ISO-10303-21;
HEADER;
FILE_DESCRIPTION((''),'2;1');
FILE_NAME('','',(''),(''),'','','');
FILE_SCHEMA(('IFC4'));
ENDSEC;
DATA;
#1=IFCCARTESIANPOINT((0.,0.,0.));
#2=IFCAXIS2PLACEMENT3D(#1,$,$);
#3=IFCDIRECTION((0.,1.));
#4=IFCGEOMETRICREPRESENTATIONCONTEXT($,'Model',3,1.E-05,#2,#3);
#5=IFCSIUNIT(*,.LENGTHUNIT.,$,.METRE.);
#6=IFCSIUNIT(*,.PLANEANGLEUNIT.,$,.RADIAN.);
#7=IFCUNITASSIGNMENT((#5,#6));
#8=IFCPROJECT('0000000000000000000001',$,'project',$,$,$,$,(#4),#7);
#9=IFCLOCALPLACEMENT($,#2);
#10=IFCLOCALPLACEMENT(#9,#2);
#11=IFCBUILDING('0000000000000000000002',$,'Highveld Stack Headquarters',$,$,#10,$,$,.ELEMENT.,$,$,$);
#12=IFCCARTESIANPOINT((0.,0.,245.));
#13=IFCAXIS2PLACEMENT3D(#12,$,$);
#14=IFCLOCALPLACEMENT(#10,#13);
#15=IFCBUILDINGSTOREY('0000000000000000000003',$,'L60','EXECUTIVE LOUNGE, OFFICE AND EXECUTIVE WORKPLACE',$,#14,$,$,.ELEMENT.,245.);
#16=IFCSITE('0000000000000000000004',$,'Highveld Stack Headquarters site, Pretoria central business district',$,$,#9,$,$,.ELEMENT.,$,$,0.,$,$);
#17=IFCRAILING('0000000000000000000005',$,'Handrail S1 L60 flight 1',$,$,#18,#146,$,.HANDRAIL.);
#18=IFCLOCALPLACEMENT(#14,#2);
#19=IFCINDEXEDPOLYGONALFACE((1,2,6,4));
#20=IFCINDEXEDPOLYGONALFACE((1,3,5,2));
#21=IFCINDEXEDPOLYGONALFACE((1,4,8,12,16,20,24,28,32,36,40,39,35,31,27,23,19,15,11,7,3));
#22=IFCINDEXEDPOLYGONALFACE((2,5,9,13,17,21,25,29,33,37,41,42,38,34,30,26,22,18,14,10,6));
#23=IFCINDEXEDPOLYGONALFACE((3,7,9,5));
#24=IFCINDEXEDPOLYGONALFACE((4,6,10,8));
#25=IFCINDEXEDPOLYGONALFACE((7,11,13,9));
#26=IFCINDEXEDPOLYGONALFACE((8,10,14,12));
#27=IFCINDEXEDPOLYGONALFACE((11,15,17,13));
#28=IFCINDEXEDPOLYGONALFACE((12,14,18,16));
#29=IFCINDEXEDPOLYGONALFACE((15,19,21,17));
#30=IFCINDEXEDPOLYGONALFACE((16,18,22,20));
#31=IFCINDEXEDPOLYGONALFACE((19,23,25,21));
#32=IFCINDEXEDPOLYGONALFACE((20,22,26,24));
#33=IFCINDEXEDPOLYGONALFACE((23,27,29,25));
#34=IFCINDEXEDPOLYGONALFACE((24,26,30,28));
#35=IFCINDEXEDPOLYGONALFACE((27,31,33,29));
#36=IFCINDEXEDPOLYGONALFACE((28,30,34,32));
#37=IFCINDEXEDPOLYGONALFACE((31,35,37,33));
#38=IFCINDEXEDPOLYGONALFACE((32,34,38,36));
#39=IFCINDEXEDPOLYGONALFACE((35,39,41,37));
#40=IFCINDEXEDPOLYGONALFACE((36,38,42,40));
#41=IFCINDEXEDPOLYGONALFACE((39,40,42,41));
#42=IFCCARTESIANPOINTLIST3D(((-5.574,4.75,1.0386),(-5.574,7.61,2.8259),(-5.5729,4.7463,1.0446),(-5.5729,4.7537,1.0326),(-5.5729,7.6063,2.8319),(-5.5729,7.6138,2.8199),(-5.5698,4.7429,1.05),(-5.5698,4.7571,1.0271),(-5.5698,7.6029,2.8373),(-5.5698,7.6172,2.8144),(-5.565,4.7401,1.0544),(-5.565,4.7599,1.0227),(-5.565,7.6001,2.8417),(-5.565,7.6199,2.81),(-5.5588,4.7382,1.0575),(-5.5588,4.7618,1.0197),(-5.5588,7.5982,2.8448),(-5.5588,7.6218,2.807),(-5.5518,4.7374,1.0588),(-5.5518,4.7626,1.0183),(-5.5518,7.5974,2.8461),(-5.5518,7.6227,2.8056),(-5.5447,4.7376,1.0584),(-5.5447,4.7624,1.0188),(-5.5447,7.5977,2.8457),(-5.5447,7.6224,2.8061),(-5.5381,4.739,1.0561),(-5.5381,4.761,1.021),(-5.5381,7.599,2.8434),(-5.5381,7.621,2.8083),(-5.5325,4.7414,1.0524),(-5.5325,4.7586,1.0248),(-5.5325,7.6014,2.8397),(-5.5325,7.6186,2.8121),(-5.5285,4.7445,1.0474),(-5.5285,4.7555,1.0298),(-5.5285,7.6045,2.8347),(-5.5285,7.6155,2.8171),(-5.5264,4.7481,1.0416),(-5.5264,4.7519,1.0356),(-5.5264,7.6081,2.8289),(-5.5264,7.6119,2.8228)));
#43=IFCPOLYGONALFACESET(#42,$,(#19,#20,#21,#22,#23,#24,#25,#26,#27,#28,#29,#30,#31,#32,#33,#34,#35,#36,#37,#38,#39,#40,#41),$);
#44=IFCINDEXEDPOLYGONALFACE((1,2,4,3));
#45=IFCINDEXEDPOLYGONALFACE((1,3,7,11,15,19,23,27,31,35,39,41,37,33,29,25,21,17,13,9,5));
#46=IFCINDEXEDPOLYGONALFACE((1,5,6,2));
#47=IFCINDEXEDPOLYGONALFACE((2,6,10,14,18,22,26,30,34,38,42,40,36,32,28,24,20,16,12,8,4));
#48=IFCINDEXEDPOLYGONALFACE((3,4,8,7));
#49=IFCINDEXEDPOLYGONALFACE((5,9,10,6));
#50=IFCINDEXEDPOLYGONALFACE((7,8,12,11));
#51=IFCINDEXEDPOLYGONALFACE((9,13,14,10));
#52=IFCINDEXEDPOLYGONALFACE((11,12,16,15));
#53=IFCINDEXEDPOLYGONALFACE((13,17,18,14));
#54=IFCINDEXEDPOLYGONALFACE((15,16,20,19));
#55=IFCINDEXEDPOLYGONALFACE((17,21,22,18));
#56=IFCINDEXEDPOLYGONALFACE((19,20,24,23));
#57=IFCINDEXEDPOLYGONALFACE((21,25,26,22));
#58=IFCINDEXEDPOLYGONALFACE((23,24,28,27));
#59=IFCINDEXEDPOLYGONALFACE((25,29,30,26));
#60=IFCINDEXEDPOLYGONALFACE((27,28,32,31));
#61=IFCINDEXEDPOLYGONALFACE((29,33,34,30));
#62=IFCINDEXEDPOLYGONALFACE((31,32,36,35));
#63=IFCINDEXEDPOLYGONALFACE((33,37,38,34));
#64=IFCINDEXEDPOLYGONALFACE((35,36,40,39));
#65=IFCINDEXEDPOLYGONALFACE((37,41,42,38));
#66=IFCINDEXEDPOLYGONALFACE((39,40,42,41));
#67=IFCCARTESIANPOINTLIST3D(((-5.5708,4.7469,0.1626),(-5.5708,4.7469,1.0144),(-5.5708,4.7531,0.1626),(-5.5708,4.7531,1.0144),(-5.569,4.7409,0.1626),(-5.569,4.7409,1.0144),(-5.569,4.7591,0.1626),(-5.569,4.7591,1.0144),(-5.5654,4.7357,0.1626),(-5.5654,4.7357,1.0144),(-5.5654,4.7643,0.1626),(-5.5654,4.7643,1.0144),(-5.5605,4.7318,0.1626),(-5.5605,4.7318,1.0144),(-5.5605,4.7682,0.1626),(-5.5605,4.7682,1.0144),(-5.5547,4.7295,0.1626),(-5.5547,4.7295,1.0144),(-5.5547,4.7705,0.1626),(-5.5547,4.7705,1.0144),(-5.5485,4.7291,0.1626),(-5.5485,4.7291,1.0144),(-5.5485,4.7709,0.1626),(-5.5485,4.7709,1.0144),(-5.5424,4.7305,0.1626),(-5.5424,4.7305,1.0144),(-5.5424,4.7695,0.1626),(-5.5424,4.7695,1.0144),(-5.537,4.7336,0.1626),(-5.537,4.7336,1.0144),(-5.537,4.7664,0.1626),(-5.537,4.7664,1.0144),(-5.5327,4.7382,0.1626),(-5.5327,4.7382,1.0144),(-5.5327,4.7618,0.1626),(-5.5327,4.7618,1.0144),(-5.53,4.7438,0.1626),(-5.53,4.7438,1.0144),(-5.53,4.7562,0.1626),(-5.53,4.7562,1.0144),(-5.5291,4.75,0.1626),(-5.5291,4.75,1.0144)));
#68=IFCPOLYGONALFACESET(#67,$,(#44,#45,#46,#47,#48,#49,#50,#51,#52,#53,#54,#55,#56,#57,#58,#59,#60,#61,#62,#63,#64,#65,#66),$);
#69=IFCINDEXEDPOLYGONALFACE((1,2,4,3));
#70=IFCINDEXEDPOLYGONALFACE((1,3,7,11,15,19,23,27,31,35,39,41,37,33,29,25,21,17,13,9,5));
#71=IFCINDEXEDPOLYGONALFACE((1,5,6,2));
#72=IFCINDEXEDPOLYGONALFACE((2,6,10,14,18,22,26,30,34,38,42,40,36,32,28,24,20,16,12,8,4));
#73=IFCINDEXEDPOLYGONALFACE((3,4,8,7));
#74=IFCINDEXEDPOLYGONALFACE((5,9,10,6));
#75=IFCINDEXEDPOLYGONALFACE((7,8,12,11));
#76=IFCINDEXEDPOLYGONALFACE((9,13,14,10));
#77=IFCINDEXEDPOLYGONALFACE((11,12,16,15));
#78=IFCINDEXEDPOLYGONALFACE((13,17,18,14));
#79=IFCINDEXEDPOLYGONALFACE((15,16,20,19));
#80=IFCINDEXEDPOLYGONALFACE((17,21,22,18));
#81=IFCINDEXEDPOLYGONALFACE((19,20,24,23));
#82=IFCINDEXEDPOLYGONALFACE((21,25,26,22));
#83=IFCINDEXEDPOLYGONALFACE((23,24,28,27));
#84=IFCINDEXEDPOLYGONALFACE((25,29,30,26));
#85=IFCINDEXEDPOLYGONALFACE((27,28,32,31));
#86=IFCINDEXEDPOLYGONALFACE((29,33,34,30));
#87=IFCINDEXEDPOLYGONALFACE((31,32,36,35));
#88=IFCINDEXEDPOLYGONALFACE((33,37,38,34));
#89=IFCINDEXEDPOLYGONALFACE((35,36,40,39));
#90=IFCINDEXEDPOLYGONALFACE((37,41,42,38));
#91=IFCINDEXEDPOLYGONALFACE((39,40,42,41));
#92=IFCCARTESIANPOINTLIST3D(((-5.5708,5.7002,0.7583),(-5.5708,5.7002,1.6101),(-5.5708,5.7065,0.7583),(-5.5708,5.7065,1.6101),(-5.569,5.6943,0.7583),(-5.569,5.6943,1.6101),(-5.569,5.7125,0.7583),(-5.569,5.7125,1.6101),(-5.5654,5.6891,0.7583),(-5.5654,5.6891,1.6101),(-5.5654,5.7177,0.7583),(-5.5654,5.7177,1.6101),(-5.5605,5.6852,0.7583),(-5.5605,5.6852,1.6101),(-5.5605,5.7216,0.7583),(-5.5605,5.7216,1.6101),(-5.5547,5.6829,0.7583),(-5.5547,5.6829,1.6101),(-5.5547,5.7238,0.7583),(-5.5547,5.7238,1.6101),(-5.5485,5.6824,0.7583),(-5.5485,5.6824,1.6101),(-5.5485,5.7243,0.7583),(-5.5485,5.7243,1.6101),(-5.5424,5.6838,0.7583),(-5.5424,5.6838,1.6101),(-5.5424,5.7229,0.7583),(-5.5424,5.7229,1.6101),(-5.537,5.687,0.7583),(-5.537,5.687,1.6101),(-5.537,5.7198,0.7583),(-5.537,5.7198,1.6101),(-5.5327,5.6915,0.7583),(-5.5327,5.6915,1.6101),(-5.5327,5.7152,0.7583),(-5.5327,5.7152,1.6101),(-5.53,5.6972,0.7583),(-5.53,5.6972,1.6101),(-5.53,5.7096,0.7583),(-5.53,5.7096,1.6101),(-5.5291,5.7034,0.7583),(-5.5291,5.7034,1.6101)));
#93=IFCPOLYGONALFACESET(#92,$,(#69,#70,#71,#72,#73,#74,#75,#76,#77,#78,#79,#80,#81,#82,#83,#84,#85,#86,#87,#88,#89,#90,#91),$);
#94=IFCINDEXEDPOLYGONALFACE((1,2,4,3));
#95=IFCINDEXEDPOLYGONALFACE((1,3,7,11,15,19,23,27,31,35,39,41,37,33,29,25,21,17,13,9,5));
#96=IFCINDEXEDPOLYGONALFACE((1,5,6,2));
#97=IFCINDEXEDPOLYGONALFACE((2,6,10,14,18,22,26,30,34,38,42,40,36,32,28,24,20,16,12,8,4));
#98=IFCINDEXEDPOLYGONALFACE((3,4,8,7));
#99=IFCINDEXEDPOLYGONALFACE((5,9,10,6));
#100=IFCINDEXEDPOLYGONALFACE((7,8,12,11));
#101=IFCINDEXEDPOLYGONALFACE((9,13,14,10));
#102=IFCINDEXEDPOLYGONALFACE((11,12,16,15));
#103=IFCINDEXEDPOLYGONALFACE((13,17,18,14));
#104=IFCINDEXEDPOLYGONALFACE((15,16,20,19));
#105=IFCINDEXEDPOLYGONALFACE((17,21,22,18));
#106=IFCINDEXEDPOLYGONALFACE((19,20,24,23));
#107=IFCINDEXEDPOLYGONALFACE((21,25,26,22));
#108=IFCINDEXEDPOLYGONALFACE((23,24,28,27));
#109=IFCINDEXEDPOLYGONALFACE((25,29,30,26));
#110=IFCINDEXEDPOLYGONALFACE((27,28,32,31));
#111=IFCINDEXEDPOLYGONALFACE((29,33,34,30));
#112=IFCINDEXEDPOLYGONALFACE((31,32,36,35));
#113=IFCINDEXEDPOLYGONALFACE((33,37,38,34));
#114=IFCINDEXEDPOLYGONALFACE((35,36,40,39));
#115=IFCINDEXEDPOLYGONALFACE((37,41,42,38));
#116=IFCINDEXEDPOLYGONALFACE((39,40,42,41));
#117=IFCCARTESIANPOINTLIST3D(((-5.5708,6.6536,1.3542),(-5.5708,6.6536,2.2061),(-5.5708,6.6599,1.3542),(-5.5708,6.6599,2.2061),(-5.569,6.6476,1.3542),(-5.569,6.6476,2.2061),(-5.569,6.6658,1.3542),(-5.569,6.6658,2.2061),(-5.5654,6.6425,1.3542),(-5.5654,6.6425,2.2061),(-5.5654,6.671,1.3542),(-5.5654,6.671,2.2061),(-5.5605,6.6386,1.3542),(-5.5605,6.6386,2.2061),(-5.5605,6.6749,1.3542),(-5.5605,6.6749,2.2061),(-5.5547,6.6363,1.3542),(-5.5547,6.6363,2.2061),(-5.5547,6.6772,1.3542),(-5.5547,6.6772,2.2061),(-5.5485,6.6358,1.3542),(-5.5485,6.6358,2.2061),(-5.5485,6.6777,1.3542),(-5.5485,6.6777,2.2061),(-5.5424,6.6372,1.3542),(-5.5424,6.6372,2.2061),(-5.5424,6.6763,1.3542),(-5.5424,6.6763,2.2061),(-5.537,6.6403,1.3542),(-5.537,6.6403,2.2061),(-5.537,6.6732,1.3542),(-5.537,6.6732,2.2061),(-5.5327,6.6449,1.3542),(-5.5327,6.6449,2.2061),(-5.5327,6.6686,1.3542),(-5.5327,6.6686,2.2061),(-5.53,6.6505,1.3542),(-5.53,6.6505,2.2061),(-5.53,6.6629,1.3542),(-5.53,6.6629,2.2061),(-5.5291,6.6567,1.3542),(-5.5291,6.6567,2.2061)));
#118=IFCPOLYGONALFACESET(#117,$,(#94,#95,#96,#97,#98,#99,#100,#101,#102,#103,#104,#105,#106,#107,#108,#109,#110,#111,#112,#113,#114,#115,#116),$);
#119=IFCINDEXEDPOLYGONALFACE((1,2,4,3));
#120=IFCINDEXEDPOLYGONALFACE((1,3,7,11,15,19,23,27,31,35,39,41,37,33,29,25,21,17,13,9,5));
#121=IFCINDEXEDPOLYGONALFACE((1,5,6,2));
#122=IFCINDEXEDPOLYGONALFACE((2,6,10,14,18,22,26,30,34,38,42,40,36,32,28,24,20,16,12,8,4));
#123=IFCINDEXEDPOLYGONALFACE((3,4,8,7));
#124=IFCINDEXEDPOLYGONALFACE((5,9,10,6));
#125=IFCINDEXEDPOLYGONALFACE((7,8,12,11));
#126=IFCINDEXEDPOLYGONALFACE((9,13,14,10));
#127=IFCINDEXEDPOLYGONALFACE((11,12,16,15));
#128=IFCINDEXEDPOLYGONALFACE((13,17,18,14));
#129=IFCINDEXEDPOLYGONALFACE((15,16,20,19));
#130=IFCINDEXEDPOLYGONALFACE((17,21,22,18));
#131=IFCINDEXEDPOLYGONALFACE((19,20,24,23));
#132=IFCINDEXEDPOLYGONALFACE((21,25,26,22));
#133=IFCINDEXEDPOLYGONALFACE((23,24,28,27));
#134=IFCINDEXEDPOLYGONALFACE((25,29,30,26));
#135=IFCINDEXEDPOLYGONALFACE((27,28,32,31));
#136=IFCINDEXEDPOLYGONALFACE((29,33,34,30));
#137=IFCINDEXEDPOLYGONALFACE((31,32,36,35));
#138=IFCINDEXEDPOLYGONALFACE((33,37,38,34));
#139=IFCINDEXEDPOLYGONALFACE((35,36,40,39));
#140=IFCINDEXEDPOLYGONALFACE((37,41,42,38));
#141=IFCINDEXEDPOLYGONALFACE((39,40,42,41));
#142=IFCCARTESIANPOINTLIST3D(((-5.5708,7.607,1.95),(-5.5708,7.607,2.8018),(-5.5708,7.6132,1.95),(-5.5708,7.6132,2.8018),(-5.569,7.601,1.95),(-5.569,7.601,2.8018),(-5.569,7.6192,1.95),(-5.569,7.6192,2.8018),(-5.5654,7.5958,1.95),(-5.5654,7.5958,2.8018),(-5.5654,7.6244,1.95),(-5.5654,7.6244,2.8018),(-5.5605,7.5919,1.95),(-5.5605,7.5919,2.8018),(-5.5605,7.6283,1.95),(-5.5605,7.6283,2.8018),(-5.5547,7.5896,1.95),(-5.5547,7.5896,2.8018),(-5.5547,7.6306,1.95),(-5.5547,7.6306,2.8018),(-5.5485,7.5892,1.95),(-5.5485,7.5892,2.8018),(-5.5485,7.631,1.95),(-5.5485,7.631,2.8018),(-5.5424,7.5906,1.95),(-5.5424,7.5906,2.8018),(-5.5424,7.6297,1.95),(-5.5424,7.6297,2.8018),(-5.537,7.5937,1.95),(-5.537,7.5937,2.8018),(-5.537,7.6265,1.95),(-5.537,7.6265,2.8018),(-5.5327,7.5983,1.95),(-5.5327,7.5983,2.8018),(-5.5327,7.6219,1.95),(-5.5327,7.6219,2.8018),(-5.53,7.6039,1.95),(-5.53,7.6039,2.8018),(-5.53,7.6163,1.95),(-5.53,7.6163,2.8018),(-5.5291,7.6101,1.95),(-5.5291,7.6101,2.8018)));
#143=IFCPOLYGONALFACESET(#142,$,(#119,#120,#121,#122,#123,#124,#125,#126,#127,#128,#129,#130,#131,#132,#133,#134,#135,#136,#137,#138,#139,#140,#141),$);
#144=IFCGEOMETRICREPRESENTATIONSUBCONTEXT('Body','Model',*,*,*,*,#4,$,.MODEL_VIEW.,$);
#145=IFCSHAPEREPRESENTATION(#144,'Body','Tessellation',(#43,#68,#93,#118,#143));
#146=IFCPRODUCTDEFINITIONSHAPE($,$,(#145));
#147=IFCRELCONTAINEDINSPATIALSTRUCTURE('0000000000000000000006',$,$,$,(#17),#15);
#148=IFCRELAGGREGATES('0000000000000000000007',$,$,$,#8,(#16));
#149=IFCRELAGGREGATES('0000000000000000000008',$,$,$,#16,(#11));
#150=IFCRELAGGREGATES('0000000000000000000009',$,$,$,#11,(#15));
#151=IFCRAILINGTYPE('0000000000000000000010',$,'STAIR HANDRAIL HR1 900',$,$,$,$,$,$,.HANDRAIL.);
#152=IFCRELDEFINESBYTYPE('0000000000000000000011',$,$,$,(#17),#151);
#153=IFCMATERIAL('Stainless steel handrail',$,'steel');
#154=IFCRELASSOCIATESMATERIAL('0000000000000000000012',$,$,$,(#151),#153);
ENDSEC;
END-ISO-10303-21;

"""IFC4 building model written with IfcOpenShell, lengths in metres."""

from ifc_helpers import new_model, si_unit, direction, frame, origin, origin_2d, place, context, subcontext, project, spatial, circle, extrude, material, type_object, element, save


model = new_model("IFC4")

# Units and contexts
model_context = context("Model", 3, precision=1e-05, world=origin(), true_north=direction((0.0, 1.0)))
body_context = subcontext(model_context, "Body", "Model", "MODEL_VIEW")
ifc_project = project(units=[si_unit("LENGTHUNIT", "METRE"), si_unit("PLANEANGLEUNIT", "RADIAN")], contexts=[model_context])

# Site, building, storey
site_placement = place(None, origin())
site = spatial("IfcSite", under=ifc_project, at=site_placement, Name="Highveld Stack Headquarters site, Pretoria central business district", CompositionType="ELEMENT", RefElevation=0.0)
building_placement = place(site_placement, origin())
building = spatial("IfcBuilding", under=site, at=building_placement, Name="Highveld Stack Headquarters", CompositionType="ELEMENT")
storey_placement = place(building_placement, frame((0.0, 0.0, 245.0)))
storey = spatial("IfcBuildingStorey", under=building, at=storey_placement, Name="L60", Description="EXECUTIVE LOUNGE, OFFICE AND EXECUTIVE WORKPLACE", CompositionType="ELEMENT", Elevation=245.0)

# Railing
ifc_material_1 = material(Name="Stainless steel handrail", Category="steel")
railing_type = type_object("IfcRailingType", Name="STAIR HANDRAIL HR1 900", PredefinedType="HANDRAIL", material=ifc_material_1)
for number, where, name in (
    (1, (-5.55, 4.75, 0.1626), "Handrail S1 L60 flight 1"),
):
    element("IfcRailing", number, at=place(storey_placement, frame(where)), inside=storey, type_object=railing_type, Name=name, PredefinedType="HANDRAIL", context=body_context, shape_type="SweptSolid", body=[
        extrude(circle(Radius=0.0239, at=origin_2d()), frame((0.0, 0.0, 0.876), z_axis=(0.0, 0.848027, 0.529953), x_axis=(-1.0, 0.0, 0.0)), (0.0, 0.0, 1.0), 3.3726),
        extrude(circle(Radius=0.021, at=origin_2d()), origin(), (0.0, 0.0, 1.0), 0.8518),
        extrude(circle(Radius=0.021, at=origin_2d()), frame((0.0, 0.9534, 0.5957)), (0.0, 0.0, 1.0), 0.8518),
        extrude(circle(Radius=0.021, at=origin_2d()), frame((0.0, 1.9067, 1.1917)), (0.0, 0.0, 1.0), 0.8518),
        extrude(circle(Radius=0.021, at=origin_2d()), frame((0.0, 2.8601, 1.7874)), (0.0, 0.0, 1.0), 0.8518),
    ])

save(model, "model.ifc")
